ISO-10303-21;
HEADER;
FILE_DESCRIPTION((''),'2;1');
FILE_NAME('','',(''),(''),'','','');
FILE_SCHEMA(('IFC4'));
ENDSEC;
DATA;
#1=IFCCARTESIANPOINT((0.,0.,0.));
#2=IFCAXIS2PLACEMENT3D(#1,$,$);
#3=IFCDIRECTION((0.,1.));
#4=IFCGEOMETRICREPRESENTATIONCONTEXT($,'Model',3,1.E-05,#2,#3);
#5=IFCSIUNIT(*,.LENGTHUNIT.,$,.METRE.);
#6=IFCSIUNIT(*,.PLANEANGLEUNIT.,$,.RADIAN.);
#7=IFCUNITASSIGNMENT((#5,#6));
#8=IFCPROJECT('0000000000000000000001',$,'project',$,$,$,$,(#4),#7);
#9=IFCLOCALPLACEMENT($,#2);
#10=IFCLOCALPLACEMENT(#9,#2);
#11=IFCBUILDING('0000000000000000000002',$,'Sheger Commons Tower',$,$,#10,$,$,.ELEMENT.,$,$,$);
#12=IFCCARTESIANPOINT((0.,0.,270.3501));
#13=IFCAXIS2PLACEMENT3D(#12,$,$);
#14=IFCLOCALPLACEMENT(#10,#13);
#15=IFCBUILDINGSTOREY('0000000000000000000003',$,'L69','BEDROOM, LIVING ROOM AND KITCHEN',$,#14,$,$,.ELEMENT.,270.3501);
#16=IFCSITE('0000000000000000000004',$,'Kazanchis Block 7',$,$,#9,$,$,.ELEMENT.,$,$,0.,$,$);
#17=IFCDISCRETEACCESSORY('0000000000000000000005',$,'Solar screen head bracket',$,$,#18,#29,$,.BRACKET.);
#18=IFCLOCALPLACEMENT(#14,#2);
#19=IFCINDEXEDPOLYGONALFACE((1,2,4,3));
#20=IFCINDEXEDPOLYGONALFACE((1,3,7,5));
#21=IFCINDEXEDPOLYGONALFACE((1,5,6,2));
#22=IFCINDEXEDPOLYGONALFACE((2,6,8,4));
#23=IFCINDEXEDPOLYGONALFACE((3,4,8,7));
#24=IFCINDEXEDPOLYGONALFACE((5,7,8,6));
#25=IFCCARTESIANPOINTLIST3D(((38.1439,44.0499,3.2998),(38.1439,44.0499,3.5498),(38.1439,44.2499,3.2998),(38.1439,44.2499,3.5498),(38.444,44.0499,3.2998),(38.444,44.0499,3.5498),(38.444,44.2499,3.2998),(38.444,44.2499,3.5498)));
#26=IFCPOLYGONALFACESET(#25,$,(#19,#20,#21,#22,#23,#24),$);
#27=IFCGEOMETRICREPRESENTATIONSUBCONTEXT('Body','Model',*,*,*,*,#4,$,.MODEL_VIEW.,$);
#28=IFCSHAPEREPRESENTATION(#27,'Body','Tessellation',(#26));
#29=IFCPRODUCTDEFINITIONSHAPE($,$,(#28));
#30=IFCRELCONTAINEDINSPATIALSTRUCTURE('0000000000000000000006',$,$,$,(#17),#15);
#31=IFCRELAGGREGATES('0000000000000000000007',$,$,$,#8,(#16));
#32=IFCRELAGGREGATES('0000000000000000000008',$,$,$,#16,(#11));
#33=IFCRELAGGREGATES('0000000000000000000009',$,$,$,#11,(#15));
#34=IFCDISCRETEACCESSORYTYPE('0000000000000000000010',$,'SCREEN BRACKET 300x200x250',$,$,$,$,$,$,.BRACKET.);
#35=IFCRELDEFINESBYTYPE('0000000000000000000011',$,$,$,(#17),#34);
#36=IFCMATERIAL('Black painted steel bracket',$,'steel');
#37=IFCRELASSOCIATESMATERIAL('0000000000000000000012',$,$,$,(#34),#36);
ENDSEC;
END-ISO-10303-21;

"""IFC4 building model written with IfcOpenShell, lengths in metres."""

from ifc_helpers import new_model, si_unit, direction, frame, origin, origin_2d, place, context, subcontext, project, spatial, rectangle, extrude, material, type_object, element, save


model = new_model("IFC4")

# Units and contexts
model_context = context("Model", 3, precision=1e-05, world=origin(), true_north=direction((0.0, 1.0)))
body_context = subcontext(model_context, "Body", "Model", "MODEL_VIEW")
ifc_project = project(units=[si_unit("LENGTHUNIT", "METRE"), si_unit("PLANEANGLEUNIT", "RADIAN")], contexts=[model_context])

# Site, building, storey
site_placement = place(None, origin())
site = spatial("IfcSite", under=ifc_project, at=site_placement, Name="Kazanchis Block 7", CompositionType="ELEMENT", RefElevation=0.0)
building_placement = place(site_placement, origin())
building = spatial("IfcBuilding", under=site, at=building_placement, Name="Sheger Commons Tower", CompositionType="ELEMENT")
storey_placement = place(building_placement, frame((0.0, 0.0, 270.3501)))
storey = spatial("IfcBuildingStorey", under=building, at=storey_placement, Name="L69", Description="BEDROOM, LIVING ROOM AND KITCHEN", CompositionType="ELEMENT", Elevation=270.3501)

# Discrete accessory
ifc_material_1 = material(Name="Black painted steel bracket", Category="steel")
discrete_accessory_type = type_object("IfcDiscreteAccessoryType", Name="SCREEN BRACKET 300x200x250", PredefinedType="BRACKET", material=ifc_material_1)
for number, where, z_axis, x_axis, name in (
    (1, (38.2939, 44.1499, 3.2998), (0.0, 0.0, 1.0), (-1.0, 0.0, 0.0), "Solar screen head bracket"),
):
    element("IfcDiscreteAccessory", number, at=place(storey_placement, frame(where, z_axis=z_axis, x_axis=x_axis)), inside=storey, type_object=discrete_accessory_type, Name=name, PredefinedType="BRACKET", context=body_context, shape_type="SweptSolid", body=[
        extrude(rectangle(XDim=0.3, YDim=0.2, at=origin_2d()), origin(), (0.0, 0.0, 1.0), 0.25),
    ])

save(model, "model.ifc")
